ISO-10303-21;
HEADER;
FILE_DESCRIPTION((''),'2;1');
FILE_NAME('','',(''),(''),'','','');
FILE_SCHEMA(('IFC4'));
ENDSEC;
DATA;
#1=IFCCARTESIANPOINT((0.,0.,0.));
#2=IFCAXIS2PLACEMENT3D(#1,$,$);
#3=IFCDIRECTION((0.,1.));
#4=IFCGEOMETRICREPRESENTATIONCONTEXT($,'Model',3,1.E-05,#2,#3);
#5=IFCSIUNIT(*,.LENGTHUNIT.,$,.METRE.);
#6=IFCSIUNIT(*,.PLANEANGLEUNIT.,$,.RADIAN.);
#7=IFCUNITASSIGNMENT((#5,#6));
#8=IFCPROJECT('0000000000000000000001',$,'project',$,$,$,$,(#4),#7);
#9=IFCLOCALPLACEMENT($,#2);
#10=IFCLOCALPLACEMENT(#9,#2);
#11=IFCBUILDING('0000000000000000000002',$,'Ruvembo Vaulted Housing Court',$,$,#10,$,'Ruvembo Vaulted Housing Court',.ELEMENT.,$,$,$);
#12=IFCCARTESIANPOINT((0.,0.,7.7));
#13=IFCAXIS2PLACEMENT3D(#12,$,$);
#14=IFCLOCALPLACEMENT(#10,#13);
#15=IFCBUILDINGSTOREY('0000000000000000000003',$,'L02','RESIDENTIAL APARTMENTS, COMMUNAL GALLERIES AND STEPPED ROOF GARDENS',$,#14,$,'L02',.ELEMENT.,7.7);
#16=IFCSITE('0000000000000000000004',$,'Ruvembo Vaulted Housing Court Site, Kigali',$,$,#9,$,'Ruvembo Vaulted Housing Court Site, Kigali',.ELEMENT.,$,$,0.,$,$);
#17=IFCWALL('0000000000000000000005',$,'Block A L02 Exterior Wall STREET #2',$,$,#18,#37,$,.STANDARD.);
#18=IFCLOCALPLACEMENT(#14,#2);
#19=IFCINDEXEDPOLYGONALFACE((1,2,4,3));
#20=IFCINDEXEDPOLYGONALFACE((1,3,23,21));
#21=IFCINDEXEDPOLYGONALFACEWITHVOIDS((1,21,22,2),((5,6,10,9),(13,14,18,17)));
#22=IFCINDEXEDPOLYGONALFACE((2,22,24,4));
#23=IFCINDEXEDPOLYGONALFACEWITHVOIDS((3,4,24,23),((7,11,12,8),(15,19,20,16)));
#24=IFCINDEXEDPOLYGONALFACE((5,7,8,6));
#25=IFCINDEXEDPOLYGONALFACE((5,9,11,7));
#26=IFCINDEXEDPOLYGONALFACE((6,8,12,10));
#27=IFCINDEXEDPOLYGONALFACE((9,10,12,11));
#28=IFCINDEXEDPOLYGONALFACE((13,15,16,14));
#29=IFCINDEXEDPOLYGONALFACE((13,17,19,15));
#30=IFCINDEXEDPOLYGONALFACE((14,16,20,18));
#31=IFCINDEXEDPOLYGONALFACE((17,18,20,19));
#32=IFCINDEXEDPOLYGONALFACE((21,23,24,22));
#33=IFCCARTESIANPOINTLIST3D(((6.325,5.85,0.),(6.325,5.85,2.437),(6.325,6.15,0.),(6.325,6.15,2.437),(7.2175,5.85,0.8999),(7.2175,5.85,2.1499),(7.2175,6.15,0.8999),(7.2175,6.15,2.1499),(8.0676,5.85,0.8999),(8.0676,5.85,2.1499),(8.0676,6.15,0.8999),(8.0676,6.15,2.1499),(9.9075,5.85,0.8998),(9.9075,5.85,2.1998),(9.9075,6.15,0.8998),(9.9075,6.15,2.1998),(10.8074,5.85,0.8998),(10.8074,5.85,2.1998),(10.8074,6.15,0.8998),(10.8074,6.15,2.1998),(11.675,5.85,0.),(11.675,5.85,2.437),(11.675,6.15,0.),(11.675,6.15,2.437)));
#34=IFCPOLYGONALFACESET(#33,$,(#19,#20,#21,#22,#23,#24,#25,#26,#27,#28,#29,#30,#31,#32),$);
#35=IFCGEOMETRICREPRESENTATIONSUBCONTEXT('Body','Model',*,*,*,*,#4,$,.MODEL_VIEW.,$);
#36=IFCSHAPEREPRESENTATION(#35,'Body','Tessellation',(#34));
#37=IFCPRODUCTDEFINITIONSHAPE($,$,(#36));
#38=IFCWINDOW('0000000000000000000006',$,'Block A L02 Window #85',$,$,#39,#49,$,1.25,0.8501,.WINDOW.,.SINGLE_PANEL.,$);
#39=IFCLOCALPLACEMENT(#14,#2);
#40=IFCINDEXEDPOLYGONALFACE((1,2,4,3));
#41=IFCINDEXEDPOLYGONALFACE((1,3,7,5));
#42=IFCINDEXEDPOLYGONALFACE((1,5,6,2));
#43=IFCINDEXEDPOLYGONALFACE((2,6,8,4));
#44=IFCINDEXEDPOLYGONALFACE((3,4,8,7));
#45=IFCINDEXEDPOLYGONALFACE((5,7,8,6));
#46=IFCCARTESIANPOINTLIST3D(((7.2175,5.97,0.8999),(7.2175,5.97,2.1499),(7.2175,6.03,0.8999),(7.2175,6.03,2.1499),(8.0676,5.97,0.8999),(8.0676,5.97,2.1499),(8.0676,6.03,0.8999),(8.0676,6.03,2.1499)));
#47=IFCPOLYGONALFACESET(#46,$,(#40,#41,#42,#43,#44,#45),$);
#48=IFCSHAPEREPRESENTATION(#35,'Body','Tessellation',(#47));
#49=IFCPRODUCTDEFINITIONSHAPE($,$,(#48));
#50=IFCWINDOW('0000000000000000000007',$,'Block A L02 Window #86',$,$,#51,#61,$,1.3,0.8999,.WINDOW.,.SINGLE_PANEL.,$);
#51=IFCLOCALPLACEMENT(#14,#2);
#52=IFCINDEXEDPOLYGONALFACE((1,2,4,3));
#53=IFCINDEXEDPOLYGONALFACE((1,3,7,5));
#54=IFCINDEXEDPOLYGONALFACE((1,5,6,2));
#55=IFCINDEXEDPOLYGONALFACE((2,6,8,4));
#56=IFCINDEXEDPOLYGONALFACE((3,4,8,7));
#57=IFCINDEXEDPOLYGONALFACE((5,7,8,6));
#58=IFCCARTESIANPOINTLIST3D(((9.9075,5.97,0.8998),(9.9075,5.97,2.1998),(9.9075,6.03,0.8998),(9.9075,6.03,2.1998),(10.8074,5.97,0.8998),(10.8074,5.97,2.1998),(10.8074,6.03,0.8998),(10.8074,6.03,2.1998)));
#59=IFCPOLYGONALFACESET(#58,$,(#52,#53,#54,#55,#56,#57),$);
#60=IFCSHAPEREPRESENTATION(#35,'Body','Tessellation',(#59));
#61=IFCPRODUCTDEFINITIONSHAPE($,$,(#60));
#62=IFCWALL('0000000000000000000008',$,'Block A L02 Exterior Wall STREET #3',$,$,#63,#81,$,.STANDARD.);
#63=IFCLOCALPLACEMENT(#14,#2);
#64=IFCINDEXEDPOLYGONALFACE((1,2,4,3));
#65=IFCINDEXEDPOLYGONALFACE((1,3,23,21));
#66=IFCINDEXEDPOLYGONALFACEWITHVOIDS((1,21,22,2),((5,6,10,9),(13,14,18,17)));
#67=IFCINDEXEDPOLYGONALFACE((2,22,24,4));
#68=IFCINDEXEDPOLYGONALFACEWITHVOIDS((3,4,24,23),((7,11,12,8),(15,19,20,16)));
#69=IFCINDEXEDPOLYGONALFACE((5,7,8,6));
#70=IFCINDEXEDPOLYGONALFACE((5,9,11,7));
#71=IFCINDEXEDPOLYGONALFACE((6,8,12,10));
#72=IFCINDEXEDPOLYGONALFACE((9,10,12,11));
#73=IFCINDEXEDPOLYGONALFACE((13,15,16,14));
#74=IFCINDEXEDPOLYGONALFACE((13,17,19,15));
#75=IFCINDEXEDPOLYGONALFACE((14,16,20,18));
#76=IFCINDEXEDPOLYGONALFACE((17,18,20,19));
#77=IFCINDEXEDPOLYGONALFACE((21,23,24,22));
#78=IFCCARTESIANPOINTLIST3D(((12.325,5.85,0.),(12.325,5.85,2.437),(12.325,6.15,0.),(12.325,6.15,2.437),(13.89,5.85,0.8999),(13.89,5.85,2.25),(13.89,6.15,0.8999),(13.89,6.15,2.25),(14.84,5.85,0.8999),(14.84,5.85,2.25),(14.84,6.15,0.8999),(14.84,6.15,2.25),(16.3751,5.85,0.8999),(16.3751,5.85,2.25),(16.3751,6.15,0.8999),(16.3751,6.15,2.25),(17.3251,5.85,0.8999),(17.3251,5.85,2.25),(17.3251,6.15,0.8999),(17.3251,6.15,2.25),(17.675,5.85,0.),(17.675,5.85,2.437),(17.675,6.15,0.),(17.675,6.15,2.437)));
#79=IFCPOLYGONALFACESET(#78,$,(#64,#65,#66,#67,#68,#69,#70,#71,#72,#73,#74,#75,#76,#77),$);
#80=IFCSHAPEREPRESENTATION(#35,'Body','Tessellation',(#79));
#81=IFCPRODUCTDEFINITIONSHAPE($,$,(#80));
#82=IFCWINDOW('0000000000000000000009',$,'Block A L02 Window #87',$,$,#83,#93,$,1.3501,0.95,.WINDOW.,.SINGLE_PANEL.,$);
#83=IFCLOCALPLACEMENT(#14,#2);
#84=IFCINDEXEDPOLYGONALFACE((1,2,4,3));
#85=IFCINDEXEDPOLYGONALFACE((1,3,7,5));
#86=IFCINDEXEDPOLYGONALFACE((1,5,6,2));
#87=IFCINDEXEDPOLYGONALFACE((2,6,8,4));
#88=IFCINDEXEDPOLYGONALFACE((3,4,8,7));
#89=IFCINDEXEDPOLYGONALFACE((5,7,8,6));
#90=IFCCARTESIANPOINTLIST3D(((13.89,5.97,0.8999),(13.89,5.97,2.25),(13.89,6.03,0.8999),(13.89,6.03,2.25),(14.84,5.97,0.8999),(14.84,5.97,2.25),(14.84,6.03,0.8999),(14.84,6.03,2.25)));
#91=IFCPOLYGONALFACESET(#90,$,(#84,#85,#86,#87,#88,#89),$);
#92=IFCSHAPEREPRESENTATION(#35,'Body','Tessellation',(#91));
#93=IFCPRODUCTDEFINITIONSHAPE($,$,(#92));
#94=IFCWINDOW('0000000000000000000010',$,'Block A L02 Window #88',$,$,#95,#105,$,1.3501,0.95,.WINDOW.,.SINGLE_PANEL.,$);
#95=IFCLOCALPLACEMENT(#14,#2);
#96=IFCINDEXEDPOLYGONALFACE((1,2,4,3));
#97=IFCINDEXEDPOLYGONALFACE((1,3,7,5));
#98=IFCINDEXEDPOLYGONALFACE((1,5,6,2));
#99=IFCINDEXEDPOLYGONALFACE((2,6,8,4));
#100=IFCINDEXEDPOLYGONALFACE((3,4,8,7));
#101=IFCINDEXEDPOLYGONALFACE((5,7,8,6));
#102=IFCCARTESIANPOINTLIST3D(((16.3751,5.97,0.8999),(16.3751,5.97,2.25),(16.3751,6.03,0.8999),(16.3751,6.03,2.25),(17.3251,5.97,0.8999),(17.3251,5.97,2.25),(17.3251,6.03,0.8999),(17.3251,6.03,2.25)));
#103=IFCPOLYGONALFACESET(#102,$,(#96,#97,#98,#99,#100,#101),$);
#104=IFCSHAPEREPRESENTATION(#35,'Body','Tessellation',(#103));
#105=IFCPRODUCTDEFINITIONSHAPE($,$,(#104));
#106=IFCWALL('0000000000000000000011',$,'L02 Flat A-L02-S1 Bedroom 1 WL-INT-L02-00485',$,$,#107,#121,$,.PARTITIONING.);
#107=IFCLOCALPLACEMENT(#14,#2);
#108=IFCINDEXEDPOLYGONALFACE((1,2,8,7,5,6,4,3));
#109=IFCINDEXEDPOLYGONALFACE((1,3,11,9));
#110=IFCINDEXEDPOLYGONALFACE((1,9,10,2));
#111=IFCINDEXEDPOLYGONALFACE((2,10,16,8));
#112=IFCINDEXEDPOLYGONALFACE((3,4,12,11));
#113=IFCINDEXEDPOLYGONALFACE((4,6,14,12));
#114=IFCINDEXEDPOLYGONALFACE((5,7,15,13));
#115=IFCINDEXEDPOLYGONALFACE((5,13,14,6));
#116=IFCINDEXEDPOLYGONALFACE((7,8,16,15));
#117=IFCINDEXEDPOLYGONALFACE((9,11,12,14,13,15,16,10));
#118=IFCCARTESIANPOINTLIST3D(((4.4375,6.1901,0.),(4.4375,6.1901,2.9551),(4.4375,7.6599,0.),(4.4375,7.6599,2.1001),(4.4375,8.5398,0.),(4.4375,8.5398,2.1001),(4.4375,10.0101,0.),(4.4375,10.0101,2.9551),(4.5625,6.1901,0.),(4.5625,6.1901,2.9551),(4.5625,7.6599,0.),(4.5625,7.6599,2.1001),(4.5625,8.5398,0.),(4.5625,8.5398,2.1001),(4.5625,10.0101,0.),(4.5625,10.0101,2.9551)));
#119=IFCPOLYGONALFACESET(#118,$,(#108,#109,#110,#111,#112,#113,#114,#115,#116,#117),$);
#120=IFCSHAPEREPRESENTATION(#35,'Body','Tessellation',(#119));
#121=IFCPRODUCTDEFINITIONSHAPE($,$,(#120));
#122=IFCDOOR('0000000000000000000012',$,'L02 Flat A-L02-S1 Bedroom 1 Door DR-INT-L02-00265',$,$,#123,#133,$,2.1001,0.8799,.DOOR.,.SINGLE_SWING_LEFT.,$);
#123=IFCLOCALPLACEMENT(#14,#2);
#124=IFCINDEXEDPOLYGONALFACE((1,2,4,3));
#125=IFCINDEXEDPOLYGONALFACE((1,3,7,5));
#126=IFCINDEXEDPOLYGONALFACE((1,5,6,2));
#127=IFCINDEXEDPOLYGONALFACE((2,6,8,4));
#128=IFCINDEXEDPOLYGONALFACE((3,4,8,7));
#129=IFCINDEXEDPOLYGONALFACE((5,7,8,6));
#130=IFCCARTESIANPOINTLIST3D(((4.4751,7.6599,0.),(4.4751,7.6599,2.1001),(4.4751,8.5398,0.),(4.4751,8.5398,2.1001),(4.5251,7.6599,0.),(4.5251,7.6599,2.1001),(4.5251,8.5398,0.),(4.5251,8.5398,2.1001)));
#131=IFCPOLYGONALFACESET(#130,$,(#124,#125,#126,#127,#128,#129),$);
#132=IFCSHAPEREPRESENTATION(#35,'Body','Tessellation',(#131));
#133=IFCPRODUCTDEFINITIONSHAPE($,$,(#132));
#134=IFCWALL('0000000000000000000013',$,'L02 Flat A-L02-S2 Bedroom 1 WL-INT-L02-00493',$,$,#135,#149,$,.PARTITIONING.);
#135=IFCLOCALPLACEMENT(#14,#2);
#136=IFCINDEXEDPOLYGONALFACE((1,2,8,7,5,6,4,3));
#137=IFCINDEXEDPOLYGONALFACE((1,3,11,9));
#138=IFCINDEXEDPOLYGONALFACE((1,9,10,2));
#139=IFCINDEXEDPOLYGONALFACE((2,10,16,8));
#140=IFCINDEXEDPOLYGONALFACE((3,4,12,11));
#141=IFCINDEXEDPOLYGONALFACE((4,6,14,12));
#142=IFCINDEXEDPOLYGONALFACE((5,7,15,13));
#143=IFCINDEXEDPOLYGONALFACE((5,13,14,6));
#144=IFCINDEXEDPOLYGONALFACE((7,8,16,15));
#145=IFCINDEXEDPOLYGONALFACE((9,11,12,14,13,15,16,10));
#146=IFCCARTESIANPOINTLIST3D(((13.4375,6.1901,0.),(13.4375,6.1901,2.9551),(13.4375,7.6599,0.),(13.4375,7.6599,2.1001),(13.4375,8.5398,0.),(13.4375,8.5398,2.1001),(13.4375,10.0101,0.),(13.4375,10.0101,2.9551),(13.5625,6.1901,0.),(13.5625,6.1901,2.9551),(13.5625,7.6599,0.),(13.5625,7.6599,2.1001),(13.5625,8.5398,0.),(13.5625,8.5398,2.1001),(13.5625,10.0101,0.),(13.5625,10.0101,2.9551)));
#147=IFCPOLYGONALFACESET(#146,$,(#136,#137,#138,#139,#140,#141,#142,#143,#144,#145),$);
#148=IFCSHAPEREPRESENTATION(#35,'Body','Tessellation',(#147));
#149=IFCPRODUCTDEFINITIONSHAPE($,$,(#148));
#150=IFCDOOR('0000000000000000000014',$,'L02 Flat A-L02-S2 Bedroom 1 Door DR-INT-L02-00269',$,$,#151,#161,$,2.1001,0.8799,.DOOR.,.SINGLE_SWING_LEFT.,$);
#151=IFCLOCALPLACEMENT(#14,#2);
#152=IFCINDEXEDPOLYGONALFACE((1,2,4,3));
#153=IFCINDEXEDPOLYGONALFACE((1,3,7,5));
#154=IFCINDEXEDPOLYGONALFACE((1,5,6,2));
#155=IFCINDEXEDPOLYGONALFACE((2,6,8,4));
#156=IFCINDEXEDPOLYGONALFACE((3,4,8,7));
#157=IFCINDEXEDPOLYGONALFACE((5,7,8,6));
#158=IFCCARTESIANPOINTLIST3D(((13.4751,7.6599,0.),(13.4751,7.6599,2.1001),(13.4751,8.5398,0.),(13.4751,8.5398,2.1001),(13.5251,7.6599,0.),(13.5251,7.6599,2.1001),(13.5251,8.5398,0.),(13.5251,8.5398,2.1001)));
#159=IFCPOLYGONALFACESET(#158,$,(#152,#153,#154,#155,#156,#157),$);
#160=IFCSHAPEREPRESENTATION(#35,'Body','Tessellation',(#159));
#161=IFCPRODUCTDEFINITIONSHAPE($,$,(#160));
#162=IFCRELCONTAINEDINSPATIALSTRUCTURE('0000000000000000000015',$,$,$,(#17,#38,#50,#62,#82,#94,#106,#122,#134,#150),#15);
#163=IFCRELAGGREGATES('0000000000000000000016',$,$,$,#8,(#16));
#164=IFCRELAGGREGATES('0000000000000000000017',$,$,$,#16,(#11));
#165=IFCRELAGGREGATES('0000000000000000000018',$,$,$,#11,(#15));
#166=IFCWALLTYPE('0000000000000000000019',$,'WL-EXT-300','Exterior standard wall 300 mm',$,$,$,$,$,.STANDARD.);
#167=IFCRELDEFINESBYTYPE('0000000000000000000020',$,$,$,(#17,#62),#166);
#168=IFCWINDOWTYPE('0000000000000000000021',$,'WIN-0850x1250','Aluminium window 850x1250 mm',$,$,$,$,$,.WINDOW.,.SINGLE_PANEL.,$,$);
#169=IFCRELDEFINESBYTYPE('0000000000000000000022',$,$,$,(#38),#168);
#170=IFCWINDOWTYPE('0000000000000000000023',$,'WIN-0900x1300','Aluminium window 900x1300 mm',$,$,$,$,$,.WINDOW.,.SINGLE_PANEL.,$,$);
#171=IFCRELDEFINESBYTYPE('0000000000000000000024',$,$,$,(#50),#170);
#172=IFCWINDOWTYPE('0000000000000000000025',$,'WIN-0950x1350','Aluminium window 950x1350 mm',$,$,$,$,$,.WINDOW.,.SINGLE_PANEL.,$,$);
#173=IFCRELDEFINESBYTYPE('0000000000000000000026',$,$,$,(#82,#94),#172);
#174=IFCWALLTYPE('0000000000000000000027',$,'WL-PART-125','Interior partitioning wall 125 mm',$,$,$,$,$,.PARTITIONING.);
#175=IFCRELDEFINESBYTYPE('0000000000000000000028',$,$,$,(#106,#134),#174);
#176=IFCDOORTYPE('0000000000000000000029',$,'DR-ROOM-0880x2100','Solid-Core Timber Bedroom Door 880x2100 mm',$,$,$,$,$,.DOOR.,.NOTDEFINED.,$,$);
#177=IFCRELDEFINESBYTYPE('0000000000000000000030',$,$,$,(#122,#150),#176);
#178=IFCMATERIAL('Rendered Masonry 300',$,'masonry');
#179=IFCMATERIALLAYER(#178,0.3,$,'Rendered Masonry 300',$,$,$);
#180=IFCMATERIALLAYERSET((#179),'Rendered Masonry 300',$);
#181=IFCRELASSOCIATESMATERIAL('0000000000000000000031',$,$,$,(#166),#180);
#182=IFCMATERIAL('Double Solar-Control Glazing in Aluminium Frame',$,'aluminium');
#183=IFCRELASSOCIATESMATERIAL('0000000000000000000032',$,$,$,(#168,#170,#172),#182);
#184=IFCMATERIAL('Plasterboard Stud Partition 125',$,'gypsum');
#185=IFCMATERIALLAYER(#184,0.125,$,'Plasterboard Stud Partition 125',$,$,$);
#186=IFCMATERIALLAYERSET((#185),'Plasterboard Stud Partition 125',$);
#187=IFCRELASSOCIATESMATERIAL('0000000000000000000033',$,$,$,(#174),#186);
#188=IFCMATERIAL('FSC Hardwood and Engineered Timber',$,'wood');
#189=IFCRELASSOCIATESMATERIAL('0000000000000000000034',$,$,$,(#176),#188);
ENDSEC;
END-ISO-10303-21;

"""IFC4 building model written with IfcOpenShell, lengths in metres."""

from ifc_helpers import new_model, si_unit, direction, frame, frame_2d, origin, place, context, subcontext, project, spatial, rectangle, extrude, material, layer, layer_set, type_object, element, fill, save


model = new_model("IFC4")

# Units and contexts
model_context = context("Model", 3, precision=1e-05, world=origin(), true_north=direction((0.0, 1.0)))
body_context = subcontext(model_context, "Body", "Model", "MODEL_VIEW")
ifc_project = project(units=[si_unit("LENGTHUNIT", "METRE"), si_unit("PLANEANGLEUNIT", "RADIAN")], contexts=[model_context])

# Site, building, storey
site_placement = place(None, origin())
site = spatial("IfcSite", under=ifc_project, at=site_placement, Name="Ruvembo Vaulted Housing Court Site, Kigali", LongName="Ruvembo Vaulted Housing Court Site, Kigali", CompositionType="ELEMENT", RefElevation=0.0)
building_placement = place(site_placement, origin())
building = spatial("IfcBuilding", under=site, at=building_placement, Name="Ruvembo Vaulted Housing Court", LongName="Ruvembo Vaulted Housing Court", CompositionType="ELEMENT")
storey_placement = place(building_placement, frame((0.0, 0.0, 7.7)))
storey = spatial("IfcBuildingStorey", under=building, at=storey_placement, Name="L02", Description="RESIDENTIAL APARTMENTS, COMMUNAL GALLERIES AND STEPPED ROOF GARDENS", LongName="L02", CompositionType="ELEMENT", Elevation=7.7)

# Walls, openings, windows
ifc_material_1 = material(Name="Rendered Masonry 300", Category="masonry")
ifc_layer_1 = layer(ifc_material_1, 0.3, Name="Rendered Masonry 300")
ifc_layer_set_1 = layer_set([ifc_layer_1], Name="Rendered Masonry 300")
wall_type_1 = type_object("IfcWallType", Name="WL-EXT-300", Description="Exterior standard wall 300 mm", PredefinedType="STANDARD", material=ifc_layer_set_1)
ifc_material_2 = material(Name="Double Solar-Control Glazing in Aluminium Frame", Category="aluminium")
wall_1_placement = place(storey_placement, frame((6.325, 6.0, 0.0), z_axis=(0.0, 0.0, 1.0), x_axis=(1.0, 0.0, 0.0)))
wall_1 = element("IfcWall", 1, at=wall_1_placement, inside=storey, type_object=wall_type_1, Name="Block A L02 Exterior Wall STREET #2", PredefinedType="STANDARD", context=body_context, shape_type="SweptSolid", body=[
    extrude(rectangle(XDim=5.3501, YDim=0.3, at=frame_2d((2.675, 0.0))), origin(), (0.0, 0.0, 1.0), 2.437),
])
opening_1_placement = place(wall_1_placement, frame((0.8926, 0.0, 0.8999)))
opening_1 = element("IfcOpeningElement", 2, at=opening_1_placement, cuts=wall_1, PredefinedType="OPENING", context=body_context, shape_type="SweptSolid", body=[
    extrude(rectangle(XDim=0.8501, YDim=1.25, at=frame_2d((0.425, 0.625))), frame((0.0, 0.1599, 0.0), z_axis=(0.0, -1.0, 0.0), x_axis=(1.0, 0.0, 0.0)), (0.0, 0.0, 1.0), 0.3201),
])
opening_2_placement = place(wall_1_placement, frame((3.5825, 0.0, 0.8999)))
opening_2 = element("IfcOpeningElement", 3, at=opening_2_placement, cuts=wall_1, PredefinedType="OPENING", context=body_context, shape_type="SweptSolid", body=[
    extrude(rectangle(XDim=0.8999, YDim=1.3, at=frame_2d((0.45, 0.6499))), frame((0.0, 0.1599, 0.0), z_axis=(0.0, -1.0, 0.0), x_axis=(1.0, 0.0, 0.0)), (0.0, 0.0, 1.0), 0.3201),
])
window_type_1 = type_object("IfcWindowType", Name="WIN-0850x1250", Description="Aluminium window 850x1250 mm", PartitioningType="SINGLE_PANEL", PredefinedType="WINDOW", material=ifc_material_2)
window_1_placement = place(opening_1_placement, origin())
window_1 = element("IfcWindow", 4, at=window_1_placement, inside=storey, type_object=window_type_1, Name="Block A L02 Window #85", OverallHeight=1.25, OverallWidth=0.8501, PartitioningType="SINGLE_PANEL", PredefinedType="WINDOW", context=body_context, shape_type="SweptSolid", body=[
    extrude(rectangle(XDim=0.8501, YDim=1.25, at=frame_2d((0.425, 0.625))), frame((0.0, 0.03, 0.0), z_axis=(0.0, -1.0, 0.0), x_axis=(1.0, 0.0, 0.0)), (0.0, 0.0, 1.0), 0.0601),
])
fill(opening_1, window_1)
window_type_2 = type_object("IfcWindowType", Name="WIN-0900x1300", Description="Aluminium window 900x1300 mm", PartitioningType="SINGLE_PANEL", PredefinedType="WINDOW", material=ifc_material_2)
window_2_placement = place(opening_2_placement, origin())
window_2 = element("IfcWindow", 5, at=window_2_placement, inside=storey, type_object=window_type_2, Name="Block A L02 Window #86", OverallHeight=1.3, OverallWidth=0.8999, PartitioningType="SINGLE_PANEL", PredefinedType="WINDOW", context=body_context, shape_type="SweptSolid", body=[
    extrude(rectangle(XDim=0.8999, YDim=1.3, at=frame_2d((0.45, 0.6499))), frame((0.0, 0.03, 0.0), z_axis=(0.0, -1.0, 0.0), x_axis=(1.0, 0.0, 0.0)), (0.0, 0.0, 1.0), 0.0601),
])
fill(opening_2, window_2)
wall_2_placement = place(storey_placement, frame((12.325, 6.0, 0.0), z_axis=(0.0, 0.0, 1.0), x_axis=(1.0, 0.0, 0.0)))
wall_2 = element("IfcWall", 6, at=wall_2_placement, inside=storey, type_object=wall_type_1, Name="Block A L02 Exterior Wall STREET #3", PredefinedType="STANDARD", context=body_context, shape_type="SweptSolid", body=[
    extrude(rectangle(XDim=5.3501, YDim=0.3, at=frame_2d((2.675, 0.0))), origin(), (0.0, 0.0, 1.0), 2.437),
])
opening_3_placement = place(wall_2_placement, frame((1.5649, 0.0, 0.8999)))
opening_3 = element("IfcOpeningElement", 7, at=opening_3_placement, cuts=wall_2, PredefinedType="OPENING", context=body_context, shape_type="SweptSolid", body=[
    extrude(rectangle(XDim=0.95, YDim=1.3501, at=frame_2d((0.4751, 0.675))), frame((0.0, 0.1599, 0.0), z_axis=(0.0, -1.0, 0.0), x_axis=(1.0, 0.0, 0.0)), (0.0, 0.0, 1.0), 0.3201),
])
opening_4_placement = place(wall_2_placement, frame((4.05, 0.0, 0.8999)))
opening_4 = element("IfcOpeningElement", 8, at=opening_4_placement, cuts=wall_2, PredefinedType="OPENING", context=body_context, shape_type="SweptSolid", body=[
    extrude(rectangle(XDim=0.95, YDim=1.3501, at=frame_2d((0.4751, 0.675))), frame((0.0, 0.1599, 0.0), z_axis=(0.0, -1.0, 0.0), x_axis=(1.0, 0.0, 0.0)), (0.0, 0.0, 1.0), 0.3201),
])
window_type_3 = type_object("IfcWindowType", Name="WIN-0950x1350", Description="Aluminium window 950x1350 mm", PartitioningType="SINGLE_PANEL", PredefinedType="WINDOW", material=ifc_material_2)
window_3_placement = place(opening_3_placement, origin())
window_3 = element("IfcWindow", 9, at=window_3_placement, inside=storey, type_object=window_type_3, Name="Block A L02 Window #87", OverallHeight=1.3501, OverallWidth=0.95, PartitioningType="SINGLE_PANEL", PredefinedType="WINDOW", context=body_context, shape_type="SweptSolid", body=[
    extrude(rectangle(XDim=0.95, YDim=1.3501, at=frame_2d((0.4751, 0.675))), frame((0.0, 0.03, 0.0), z_axis=(0.0, -1.0, 0.0), x_axis=(1.0, 0.0, 0.0)), (0.0, 0.0, 1.0), 0.0601),
])
fill(opening_3, window_3)
window_4_placement = place(opening_4_placement, origin())
window_4 = element("IfcWindow", 10, at=window_4_placement, inside=storey, type_object=window_type_3, Name="Block A L02 Window #88", OverallHeight=1.3501, OverallWidth=0.95, PartitioningType="SINGLE_PANEL", PredefinedType="WINDOW", context=body_context, shape_type="SweptSolid", body=[
    extrude(rectangle(XDim=0.95, YDim=1.3501, at=frame_2d((0.4751, 0.675))), frame((0.0, 0.03, 0.0), z_axis=(0.0, -1.0, 0.0), x_axis=(1.0, 0.0, 0.0)), (0.0, 0.0, 1.0), 0.0601),
])
fill(opening_4, window_4)

# Walls, openings, doors
ifc_material_3 = material(Name="Plasterboard Stud Partition 125", Category="gypsum")
ifc_layer_2 = layer(ifc_material_3, 0.125, Name="Plasterboard Stud Partition 125")
ifc_layer_set_2 = layer_set([ifc_layer_2], Name="Plasterboard Stud Partition 125")
wall_type_2 = type_object("IfcWallType", Name="WL-PART-125", Description="Interior partitioning wall 125 mm", PredefinedType="PARTITIONING", material=ifc_layer_set_2)
wall_3_placement = place(storey_placement, frame((4.5, 6.1899, 0.0), z_axis=(0.0, 0.0, 1.0), x_axis=(0.0, 1.0, 0.0)))
wall_3 = element("IfcWall", 11, at=wall_3_placement, inside=storey, type_object=wall_type_2, Name="L02 Flat A-L02-S1 Bedroom 1 WL-INT-L02-00485", PredefinedType="PARTITIONING", context=body_context, shape_type="SweptSolid", body=[
    extrude(rectangle(XDim=3.8201, YDim=0.125, at=frame_2d((1.9102, 0.0))), origin(), (0.0, 0.0, 1.0), 2.9551),
])
opening_5_placement = place(wall_3_placement, frame((1.47, 0.0, 0.0)))
opening_5 = element("IfcOpeningElement", 12, at=opening_5_placement, cuts=wall_3, PredefinedType="OPENING", context=body_context, shape_type="SweptSolid", body=[
    extrude(rectangle(XDim=0.8799, YDim=2.1001, at=frame_2d((0.4399, 1.05))), frame((0.0, 0.0725, 0.0), z_axis=(0.0, -1.0, 0.0), x_axis=(1.0, 0.0, 0.0)), (0.0, 0.0, 1.0), 0.145),
])
ifc_material_4 = material(Name="FSC Hardwood and Engineered Timber", Category="wood")
door_type_1 = type_object("IfcDoorType", Name="DR-ROOM-0880x2100", Description="Solid-Core Timber Bedroom Door 880x2100 mm", OperationType="NOTDEFINED", PredefinedType="DOOR", material=ifc_material_4)
door_1_placement = place(opening_5_placement, origin())
door_1 = element("IfcDoor", 13, at=door_1_placement, inside=storey, type_object=door_type_1, Name="L02 Flat A-L02-S1 Bedroom 1 Door DR-INT-L02-00265", OperationType="SINGLE_SWING_LEFT", OverallHeight=2.1001, OverallWidth=0.8799, PredefinedType="DOOR", context=body_context, shape_type="SweptSolid", body=[
    extrude(rectangle(XDim=0.8799, YDim=2.1001, at=frame_2d((0.4399, 1.05))), frame((0.0, 0.0249, 0.0), z_axis=(0.0, -1.0, 0.0), x_axis=(1.0, 0.0, 0.0)), (0.0, 0.0, 1.0), 0.05),
])
fill(opening_5, door_1)
wall_4_placement = place(storey_placement, frame((13.5, 6.1899, 0.0), z_axis=(0.0, 0.0, 1.0), x_axis=(0.0, 1.0, 0.0)))
wall_4 = element("IfcWall", 14, at=wall_4_placement, inside=storey, type_object=wall_type_2, Name="L02 Flat A-L02-S2 Bedroom 1 WL-INT-L02-00493", PredefinedType="PARTITIONING", context=body_context, shape_type="SweptSolid", body=[
    extrude(rectangle(XDim=3.8201, YDim=0.125, at=frame_2d((1.9102, 0.0))), origin(), (0.0, 0.0, 1.0), 2.9551),
])
opening_6_placement = place(wall_4_placement, frame((1.47, 0.0, 0.0)))
opening_6 = element("IfcOpeningElement", 15, at=opening_6_placement, cuts=wall_4, PredefinedType="OPENING", context=body_context, shape_type="SweptSolid", body=[
    extrude(rectangle(XDim=0.8799, YDim=2.1001, at=frame_2d((0.4399, 1.05))), frame((0.0, 0.0725, 0.0), z_axis=(0.0, -1.0, 0.0), x_axis=(1.0, 0.0, 0.0)), (0.0, 0.0, 1.0), 0.145),
])
door_2_placement = place(opening_6_placement, origin())
door_2 = element("IfcDoor", 16, at=door_2_placement, inside=storey, type_object=door_type_1, Name="L02 Flat A-L02-S2 Bedroom 1 Door DR-INT-L02-00269", OperationType="SINGLE_SWING_LEFT", OverallHeight=2.1001, OverallWidth=0.8799, PredefinedType="DOOR", context=body_context, shape_type="SweptSolid", body=[
    extrude(rectangle(XDim=0.8799, YDim=2.1001, at=frame_2d((0.4399, 1.05))), frame((0.0, 0.0249, 0.0), z_axis=(0.0, -1.0, 0.0), x_axis=(1.0, 0.0, 0.0)), (0.0, 0.0, 1.0), 0.05),
])
fill(opening_6, door_2)

save(model, "model.ifc")
